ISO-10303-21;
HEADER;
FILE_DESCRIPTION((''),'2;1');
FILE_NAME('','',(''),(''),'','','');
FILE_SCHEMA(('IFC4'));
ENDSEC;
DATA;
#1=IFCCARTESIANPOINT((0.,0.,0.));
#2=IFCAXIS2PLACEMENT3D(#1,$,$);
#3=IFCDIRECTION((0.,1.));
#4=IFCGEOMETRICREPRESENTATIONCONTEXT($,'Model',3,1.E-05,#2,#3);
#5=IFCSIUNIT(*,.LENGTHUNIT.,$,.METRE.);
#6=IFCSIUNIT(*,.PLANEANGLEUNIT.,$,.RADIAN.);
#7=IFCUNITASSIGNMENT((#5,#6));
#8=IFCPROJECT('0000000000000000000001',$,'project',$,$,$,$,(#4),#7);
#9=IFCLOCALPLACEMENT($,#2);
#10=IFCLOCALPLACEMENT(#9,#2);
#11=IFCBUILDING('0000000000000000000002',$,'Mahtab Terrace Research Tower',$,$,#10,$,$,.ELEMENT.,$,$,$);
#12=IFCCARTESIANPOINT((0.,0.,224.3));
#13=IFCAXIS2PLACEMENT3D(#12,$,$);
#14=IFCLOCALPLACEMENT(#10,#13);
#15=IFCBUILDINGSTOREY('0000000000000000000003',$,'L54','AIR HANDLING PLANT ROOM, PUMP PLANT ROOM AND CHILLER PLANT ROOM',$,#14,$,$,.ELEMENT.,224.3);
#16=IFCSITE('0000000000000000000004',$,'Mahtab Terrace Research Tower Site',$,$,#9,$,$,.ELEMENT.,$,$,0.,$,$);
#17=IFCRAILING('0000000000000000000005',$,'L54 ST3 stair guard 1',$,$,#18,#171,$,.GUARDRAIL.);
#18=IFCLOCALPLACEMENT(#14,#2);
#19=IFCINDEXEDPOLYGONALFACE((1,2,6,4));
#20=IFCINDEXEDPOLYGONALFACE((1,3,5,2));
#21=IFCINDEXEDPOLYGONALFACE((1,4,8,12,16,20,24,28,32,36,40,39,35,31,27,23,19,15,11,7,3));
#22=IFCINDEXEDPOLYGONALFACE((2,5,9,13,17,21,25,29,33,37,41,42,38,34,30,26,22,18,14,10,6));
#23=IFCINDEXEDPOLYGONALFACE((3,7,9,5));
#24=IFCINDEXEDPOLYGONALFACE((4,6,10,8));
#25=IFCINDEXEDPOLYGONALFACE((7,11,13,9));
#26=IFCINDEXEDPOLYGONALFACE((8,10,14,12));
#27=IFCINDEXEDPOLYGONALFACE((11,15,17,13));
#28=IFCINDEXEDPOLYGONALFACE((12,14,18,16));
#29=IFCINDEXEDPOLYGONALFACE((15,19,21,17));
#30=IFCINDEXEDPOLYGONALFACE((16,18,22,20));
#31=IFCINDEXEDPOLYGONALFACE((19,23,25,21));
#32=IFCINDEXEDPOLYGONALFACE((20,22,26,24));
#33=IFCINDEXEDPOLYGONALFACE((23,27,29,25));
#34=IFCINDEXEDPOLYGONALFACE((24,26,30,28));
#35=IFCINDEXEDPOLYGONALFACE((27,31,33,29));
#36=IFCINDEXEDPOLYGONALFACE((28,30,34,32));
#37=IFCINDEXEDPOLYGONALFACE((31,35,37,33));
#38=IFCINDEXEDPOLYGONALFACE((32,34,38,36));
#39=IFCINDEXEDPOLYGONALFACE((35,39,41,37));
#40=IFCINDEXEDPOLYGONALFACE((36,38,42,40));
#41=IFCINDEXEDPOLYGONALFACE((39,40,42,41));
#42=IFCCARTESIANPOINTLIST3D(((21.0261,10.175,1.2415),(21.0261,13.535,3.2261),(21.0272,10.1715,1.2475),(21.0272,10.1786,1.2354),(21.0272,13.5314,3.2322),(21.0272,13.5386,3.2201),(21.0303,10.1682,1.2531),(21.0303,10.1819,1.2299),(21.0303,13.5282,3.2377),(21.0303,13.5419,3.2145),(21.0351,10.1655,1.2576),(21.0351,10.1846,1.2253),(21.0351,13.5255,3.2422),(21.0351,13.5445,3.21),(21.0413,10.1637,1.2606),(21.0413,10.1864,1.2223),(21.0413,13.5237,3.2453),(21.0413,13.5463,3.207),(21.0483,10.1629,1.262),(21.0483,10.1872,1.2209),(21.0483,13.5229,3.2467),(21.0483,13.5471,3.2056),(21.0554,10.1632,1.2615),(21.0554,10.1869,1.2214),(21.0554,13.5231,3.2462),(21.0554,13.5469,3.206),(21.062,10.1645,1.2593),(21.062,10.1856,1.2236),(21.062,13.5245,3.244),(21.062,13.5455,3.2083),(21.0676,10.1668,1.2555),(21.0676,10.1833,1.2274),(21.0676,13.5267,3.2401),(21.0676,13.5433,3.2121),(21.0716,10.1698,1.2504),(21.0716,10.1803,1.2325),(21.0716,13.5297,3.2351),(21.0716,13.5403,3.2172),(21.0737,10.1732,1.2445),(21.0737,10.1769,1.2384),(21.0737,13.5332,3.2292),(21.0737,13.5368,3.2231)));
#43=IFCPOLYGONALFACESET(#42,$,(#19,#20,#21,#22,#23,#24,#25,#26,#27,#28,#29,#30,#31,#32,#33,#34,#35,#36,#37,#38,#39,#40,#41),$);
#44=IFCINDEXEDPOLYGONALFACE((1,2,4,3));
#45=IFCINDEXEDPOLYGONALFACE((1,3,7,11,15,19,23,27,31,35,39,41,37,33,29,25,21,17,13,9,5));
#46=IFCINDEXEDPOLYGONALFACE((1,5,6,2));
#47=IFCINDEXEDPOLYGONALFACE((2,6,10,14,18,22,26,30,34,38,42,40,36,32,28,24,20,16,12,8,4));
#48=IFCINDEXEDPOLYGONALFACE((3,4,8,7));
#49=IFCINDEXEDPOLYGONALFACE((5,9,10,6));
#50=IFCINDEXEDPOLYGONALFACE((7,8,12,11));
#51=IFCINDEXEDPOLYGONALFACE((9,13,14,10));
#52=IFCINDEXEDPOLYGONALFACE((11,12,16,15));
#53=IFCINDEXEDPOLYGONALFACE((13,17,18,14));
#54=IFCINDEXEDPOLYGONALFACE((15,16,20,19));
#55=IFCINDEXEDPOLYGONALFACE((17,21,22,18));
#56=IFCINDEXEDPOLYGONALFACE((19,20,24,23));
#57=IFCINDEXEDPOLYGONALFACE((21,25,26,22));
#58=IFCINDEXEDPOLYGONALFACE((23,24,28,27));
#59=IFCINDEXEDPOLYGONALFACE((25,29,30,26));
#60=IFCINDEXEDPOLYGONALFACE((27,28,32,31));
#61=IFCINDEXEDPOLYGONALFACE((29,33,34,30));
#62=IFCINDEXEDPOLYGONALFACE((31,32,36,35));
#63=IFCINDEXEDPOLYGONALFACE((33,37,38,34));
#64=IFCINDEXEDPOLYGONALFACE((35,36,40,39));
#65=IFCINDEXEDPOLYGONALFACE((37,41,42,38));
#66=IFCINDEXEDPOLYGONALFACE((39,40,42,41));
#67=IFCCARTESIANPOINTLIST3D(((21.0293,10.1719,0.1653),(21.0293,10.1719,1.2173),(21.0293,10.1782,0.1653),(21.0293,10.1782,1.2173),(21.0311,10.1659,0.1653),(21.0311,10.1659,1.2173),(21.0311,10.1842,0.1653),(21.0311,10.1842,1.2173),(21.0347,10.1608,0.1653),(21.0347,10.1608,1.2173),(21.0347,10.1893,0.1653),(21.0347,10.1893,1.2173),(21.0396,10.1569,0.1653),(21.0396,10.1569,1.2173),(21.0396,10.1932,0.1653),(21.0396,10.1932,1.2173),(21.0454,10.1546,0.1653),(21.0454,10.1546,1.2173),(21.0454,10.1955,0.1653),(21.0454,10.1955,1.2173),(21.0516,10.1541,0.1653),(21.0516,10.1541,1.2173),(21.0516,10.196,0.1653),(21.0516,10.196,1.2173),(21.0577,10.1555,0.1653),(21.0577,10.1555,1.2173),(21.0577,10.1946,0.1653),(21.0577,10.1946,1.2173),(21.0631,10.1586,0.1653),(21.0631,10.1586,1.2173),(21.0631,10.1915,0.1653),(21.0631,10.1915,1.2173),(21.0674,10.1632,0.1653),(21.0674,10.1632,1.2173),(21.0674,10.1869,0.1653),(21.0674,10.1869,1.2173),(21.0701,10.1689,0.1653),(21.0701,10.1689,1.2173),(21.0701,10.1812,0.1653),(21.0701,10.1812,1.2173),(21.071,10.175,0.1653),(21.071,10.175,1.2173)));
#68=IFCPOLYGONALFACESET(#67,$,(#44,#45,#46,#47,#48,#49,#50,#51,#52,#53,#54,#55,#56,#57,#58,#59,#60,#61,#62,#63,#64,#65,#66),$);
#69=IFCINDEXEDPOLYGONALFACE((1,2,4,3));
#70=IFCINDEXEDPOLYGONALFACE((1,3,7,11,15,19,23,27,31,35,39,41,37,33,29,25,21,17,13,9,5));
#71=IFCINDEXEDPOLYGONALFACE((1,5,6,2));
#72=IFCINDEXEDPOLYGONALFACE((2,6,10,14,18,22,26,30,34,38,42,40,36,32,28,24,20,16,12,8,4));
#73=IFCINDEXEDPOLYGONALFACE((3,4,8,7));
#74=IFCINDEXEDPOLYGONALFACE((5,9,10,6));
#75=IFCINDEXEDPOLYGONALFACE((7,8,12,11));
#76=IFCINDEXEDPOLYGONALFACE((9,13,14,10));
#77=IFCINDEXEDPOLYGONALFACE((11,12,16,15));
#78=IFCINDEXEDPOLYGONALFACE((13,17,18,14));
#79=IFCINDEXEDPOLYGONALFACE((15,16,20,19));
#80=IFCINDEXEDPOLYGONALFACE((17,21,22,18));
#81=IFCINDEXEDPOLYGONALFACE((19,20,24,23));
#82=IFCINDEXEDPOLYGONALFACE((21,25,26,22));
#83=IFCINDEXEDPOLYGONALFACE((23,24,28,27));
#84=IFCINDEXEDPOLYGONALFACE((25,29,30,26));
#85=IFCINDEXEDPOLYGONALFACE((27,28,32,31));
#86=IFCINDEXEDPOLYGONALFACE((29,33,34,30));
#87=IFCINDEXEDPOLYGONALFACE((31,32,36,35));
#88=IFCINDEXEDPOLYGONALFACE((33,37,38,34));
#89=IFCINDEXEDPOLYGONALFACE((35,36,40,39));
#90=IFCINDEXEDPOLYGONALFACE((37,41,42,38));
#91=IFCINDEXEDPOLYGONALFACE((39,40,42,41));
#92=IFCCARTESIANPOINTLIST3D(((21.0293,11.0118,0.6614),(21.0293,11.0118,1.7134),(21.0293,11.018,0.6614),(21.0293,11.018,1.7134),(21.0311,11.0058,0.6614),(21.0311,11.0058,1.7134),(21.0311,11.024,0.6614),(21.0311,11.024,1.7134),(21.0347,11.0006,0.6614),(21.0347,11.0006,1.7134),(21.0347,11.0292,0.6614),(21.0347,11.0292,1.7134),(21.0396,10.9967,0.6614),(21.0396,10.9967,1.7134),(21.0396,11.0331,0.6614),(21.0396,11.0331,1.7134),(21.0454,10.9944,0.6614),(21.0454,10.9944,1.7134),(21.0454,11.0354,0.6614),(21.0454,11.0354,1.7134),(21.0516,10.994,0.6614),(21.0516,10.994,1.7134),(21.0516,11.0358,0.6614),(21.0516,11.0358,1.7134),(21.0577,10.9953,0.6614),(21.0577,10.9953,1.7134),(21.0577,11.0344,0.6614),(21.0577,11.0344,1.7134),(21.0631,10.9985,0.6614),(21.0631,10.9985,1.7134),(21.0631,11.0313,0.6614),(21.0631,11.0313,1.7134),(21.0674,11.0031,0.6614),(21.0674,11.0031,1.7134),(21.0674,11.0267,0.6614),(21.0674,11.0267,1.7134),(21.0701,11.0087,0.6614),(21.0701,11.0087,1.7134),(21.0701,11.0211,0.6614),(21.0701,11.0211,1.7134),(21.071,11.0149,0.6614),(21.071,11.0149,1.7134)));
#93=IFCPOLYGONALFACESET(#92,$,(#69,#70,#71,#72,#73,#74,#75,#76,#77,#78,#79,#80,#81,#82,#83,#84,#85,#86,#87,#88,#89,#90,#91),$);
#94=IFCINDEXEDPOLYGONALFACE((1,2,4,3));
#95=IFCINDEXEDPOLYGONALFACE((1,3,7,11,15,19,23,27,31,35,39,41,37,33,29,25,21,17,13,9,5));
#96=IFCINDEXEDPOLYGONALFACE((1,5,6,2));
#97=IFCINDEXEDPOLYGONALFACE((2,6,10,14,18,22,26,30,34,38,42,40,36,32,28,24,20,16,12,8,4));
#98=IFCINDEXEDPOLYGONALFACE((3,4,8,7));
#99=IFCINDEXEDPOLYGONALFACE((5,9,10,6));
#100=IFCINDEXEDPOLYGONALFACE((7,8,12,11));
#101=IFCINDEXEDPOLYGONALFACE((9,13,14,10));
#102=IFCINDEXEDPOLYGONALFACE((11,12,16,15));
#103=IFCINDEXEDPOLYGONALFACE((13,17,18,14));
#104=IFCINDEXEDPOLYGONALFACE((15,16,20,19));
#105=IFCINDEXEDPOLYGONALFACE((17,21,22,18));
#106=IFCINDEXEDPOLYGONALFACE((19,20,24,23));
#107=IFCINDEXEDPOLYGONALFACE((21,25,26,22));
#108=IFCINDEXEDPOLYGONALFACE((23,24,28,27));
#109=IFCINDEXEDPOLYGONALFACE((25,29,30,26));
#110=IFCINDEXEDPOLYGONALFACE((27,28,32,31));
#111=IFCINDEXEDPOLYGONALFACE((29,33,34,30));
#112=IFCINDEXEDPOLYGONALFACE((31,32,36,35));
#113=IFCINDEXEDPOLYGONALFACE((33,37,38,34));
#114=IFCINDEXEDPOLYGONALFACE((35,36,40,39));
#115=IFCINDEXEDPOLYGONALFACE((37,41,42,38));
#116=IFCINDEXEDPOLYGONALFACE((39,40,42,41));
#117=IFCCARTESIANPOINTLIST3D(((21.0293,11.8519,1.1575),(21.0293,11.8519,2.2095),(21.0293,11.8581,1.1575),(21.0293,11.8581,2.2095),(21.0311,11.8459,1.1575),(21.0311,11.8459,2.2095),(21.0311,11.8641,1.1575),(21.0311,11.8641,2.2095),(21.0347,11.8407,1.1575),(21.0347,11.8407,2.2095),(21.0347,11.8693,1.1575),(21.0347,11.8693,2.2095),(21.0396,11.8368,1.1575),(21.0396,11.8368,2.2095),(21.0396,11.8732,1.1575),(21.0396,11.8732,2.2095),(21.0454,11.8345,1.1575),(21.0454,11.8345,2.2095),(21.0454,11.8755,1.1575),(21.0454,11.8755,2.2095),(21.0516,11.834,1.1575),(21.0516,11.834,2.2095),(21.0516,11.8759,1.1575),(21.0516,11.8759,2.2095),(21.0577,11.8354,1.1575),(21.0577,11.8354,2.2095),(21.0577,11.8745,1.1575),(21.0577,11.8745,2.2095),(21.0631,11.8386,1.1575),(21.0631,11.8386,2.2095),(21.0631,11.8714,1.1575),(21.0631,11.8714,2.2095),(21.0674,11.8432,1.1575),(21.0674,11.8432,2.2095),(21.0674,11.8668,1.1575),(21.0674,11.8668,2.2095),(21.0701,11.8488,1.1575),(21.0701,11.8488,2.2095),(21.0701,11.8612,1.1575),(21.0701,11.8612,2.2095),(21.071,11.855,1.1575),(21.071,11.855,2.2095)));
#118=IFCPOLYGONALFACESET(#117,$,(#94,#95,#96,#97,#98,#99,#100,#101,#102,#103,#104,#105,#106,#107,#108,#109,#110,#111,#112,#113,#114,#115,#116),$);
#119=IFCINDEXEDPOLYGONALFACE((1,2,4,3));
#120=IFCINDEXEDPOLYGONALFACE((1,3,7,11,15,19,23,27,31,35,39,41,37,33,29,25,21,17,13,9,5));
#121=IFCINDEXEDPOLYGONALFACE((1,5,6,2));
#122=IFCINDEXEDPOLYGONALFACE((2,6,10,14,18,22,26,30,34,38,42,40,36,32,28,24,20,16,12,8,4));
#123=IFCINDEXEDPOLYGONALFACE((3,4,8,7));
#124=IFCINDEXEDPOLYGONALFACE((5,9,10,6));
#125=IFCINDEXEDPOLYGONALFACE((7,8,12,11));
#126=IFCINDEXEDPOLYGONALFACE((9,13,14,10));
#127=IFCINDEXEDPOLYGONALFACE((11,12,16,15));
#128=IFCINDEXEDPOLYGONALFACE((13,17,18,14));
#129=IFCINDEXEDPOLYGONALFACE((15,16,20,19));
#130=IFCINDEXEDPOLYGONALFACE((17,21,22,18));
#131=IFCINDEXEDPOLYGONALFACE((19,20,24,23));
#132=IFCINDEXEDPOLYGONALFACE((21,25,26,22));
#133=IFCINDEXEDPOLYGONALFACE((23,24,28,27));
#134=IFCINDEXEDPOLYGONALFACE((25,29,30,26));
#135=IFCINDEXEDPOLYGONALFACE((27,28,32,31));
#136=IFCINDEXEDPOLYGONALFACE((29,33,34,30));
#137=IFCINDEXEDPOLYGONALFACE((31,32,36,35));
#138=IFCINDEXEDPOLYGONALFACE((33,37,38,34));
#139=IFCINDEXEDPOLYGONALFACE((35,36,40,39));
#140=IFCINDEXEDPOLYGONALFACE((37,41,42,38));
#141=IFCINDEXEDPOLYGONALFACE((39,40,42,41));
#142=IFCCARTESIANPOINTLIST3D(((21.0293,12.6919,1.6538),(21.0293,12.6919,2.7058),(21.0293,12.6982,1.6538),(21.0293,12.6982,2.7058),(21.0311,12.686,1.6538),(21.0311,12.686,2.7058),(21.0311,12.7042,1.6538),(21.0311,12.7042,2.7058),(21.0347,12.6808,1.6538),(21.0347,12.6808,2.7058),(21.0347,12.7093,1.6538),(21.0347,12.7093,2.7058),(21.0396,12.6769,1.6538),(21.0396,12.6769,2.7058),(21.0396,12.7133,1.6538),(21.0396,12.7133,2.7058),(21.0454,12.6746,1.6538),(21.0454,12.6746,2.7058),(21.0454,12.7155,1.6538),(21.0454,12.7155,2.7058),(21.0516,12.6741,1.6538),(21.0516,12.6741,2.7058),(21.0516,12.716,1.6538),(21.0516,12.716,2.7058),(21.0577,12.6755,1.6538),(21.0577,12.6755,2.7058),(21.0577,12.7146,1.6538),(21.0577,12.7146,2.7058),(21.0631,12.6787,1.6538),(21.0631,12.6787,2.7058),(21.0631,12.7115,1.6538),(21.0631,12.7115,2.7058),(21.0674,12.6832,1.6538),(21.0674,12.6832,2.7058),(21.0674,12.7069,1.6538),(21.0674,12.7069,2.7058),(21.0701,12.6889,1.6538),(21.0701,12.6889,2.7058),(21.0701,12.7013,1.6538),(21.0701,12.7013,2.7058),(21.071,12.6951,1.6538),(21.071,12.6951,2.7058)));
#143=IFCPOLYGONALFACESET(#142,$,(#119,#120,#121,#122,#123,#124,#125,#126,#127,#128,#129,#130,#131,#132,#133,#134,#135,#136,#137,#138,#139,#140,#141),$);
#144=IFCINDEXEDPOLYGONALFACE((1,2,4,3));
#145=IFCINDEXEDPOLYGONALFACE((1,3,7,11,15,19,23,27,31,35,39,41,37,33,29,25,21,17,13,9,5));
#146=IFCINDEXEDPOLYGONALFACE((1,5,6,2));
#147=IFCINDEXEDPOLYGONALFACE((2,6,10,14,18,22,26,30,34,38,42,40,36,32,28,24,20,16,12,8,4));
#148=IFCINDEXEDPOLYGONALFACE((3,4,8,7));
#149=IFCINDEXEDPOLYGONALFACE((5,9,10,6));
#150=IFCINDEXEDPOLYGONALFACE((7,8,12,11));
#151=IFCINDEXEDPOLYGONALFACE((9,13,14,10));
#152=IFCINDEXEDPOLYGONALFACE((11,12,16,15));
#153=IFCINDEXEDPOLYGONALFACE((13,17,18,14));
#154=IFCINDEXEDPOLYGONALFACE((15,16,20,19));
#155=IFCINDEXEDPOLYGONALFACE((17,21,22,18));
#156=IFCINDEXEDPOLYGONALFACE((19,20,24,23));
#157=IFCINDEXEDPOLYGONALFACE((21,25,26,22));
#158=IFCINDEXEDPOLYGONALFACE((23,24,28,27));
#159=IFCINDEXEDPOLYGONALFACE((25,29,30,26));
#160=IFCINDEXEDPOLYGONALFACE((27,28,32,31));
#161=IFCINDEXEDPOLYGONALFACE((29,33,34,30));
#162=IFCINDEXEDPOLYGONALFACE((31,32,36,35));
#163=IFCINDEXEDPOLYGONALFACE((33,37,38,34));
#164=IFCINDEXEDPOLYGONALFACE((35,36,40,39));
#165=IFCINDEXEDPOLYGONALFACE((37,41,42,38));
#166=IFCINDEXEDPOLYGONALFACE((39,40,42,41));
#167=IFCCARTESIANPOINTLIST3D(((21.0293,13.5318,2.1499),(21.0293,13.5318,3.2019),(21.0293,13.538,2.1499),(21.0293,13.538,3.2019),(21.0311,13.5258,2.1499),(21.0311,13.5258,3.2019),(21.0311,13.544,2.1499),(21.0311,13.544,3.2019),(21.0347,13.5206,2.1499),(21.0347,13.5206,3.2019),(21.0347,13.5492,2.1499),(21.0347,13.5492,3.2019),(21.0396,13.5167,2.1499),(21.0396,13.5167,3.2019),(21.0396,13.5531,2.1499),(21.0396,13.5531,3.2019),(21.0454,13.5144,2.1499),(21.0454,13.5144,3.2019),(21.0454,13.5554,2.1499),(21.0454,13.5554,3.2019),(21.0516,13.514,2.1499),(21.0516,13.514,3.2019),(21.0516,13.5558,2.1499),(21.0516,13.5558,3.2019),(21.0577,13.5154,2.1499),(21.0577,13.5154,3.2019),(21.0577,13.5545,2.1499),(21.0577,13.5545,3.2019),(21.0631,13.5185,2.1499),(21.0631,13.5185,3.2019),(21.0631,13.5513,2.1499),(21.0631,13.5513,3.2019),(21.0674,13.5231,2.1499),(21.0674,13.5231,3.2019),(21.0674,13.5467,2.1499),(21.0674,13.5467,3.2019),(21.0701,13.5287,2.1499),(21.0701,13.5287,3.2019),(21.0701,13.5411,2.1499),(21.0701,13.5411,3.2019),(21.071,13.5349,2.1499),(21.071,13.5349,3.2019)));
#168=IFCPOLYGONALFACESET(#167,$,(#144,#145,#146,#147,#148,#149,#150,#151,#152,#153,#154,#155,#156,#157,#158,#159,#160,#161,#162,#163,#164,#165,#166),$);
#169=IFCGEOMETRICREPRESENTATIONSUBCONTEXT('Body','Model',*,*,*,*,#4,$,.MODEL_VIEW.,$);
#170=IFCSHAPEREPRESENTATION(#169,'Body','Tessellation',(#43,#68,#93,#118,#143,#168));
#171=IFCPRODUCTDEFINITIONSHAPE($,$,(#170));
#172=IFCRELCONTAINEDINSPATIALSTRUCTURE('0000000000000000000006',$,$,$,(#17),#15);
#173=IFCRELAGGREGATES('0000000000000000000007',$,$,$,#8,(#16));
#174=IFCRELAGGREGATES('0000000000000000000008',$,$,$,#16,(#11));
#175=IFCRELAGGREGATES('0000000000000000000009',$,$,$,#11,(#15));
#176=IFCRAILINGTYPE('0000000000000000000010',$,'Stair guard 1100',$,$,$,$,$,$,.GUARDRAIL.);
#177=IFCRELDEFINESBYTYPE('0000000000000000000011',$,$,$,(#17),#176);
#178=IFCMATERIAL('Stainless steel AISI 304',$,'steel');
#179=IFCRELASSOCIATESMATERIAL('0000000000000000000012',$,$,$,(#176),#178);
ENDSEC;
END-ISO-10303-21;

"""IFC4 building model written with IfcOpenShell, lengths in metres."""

from ifc_helpers import new_model, si_unit, direction, frame, origin, origin_2d, place, context, subcontext, project, spatial, circle, extrude, material, type_object, element, save


model = new_model("IFC4")

# Units and contexts
model_context = context("Model", 3, precision=1e-05, world=origin(), true_north=direction((0.0, 1.0)))
body_context = subcontext(model_context, "Body", "Model", "MODEL_VIEW")
ifc_project = project(units=[si_unit("LENGTHUNIT", "METRE"), si_unit("PLANEANGLEUNIT", "RADIAN")], contexts=[model_context])

# Site, building, storey
site_placement = place(None, origin())
site = spatial("IfcSite", under=ifc_project, at=site_placement, Name="Mahtab Terrace Research Tower Site", CompositionType="ELEMENT", RefElevation=0.0)
building_placement = place(site_placement, origin())
building = spatial("IfcBuilding", under=site, at=building_placement, Name="Mahtab Terrace Research Tower", CompositionType="ELEMENT")
storey_placement = place(building_placement, frame((0.0, 0.0, 224.3)))
storey = spatial("IfcBuildingStorey", under=building, at=storey_placement, Name="L54", Description="AIR HANDLING PLANT ROOM, PUMP PLANT ROOM AND CHILLER PLANT ROOM", CompositionType="ELEMENT", Elevation=224.3)

# Shared definitions
ifc_material_1 = material(Name="Stainless steel AISI 304", Category="steel")

# Railing
railing_type_1 = type_object("IfcRailingType", Name="Stair guard 1100", PredefinedType="GUARDRAIL", material=ifc_material_1)
railing_1_placement = place(storey_placement, frame((21.05, 10.175, 0.1653)))
element("IfcRailing", 1, at=railing_1_placement, inside=storey, type_object=railing_type_1, Name="L54 ST3 stair guard 1", PredefinedType="GUARDRAIL", context=body_context, shape_type="SweptSolid", body=[
    extrude(circle(Radius=0.0239, at=origin_2d()), frame((0.0, 0.0, 1.0762), z_axis=(0.0, 0.861011, 0.508586), x_axis=(-1.0, 0.0, 0.0)), (0.0, 0.0, 1.0), 3.9023),
    extrude(circle(Radius=0.021, at=origin_2d()), origin(), (0.0, 0.0, 1.0), 1.052),
    extrude(circle(Radius=0.021, at=origin_2d()), frame((0.0, 0.8398, 0.4961)), (0.0, 0.0, 1.0), 1.052),
    extrude(circle(Radius=0.021, at=origin_2d()), frame((0.0, 1.6799, 0.9922)), (0.0, 0.0, 1.0), 1.052),
    extrude(circle(Radius=0.021, at=origin_2d()), frame((0.0, 2.52, 1.4885)), (0.0, 0.0, 1.0), 1.052),
    extrude(circle(Radius=0.021, at=origin_2d()), frame((0.0, 3.3599, 1.9846)), (0.0, 0.0, 1.0), 1.052),
])

save(model, "model.ifc")
